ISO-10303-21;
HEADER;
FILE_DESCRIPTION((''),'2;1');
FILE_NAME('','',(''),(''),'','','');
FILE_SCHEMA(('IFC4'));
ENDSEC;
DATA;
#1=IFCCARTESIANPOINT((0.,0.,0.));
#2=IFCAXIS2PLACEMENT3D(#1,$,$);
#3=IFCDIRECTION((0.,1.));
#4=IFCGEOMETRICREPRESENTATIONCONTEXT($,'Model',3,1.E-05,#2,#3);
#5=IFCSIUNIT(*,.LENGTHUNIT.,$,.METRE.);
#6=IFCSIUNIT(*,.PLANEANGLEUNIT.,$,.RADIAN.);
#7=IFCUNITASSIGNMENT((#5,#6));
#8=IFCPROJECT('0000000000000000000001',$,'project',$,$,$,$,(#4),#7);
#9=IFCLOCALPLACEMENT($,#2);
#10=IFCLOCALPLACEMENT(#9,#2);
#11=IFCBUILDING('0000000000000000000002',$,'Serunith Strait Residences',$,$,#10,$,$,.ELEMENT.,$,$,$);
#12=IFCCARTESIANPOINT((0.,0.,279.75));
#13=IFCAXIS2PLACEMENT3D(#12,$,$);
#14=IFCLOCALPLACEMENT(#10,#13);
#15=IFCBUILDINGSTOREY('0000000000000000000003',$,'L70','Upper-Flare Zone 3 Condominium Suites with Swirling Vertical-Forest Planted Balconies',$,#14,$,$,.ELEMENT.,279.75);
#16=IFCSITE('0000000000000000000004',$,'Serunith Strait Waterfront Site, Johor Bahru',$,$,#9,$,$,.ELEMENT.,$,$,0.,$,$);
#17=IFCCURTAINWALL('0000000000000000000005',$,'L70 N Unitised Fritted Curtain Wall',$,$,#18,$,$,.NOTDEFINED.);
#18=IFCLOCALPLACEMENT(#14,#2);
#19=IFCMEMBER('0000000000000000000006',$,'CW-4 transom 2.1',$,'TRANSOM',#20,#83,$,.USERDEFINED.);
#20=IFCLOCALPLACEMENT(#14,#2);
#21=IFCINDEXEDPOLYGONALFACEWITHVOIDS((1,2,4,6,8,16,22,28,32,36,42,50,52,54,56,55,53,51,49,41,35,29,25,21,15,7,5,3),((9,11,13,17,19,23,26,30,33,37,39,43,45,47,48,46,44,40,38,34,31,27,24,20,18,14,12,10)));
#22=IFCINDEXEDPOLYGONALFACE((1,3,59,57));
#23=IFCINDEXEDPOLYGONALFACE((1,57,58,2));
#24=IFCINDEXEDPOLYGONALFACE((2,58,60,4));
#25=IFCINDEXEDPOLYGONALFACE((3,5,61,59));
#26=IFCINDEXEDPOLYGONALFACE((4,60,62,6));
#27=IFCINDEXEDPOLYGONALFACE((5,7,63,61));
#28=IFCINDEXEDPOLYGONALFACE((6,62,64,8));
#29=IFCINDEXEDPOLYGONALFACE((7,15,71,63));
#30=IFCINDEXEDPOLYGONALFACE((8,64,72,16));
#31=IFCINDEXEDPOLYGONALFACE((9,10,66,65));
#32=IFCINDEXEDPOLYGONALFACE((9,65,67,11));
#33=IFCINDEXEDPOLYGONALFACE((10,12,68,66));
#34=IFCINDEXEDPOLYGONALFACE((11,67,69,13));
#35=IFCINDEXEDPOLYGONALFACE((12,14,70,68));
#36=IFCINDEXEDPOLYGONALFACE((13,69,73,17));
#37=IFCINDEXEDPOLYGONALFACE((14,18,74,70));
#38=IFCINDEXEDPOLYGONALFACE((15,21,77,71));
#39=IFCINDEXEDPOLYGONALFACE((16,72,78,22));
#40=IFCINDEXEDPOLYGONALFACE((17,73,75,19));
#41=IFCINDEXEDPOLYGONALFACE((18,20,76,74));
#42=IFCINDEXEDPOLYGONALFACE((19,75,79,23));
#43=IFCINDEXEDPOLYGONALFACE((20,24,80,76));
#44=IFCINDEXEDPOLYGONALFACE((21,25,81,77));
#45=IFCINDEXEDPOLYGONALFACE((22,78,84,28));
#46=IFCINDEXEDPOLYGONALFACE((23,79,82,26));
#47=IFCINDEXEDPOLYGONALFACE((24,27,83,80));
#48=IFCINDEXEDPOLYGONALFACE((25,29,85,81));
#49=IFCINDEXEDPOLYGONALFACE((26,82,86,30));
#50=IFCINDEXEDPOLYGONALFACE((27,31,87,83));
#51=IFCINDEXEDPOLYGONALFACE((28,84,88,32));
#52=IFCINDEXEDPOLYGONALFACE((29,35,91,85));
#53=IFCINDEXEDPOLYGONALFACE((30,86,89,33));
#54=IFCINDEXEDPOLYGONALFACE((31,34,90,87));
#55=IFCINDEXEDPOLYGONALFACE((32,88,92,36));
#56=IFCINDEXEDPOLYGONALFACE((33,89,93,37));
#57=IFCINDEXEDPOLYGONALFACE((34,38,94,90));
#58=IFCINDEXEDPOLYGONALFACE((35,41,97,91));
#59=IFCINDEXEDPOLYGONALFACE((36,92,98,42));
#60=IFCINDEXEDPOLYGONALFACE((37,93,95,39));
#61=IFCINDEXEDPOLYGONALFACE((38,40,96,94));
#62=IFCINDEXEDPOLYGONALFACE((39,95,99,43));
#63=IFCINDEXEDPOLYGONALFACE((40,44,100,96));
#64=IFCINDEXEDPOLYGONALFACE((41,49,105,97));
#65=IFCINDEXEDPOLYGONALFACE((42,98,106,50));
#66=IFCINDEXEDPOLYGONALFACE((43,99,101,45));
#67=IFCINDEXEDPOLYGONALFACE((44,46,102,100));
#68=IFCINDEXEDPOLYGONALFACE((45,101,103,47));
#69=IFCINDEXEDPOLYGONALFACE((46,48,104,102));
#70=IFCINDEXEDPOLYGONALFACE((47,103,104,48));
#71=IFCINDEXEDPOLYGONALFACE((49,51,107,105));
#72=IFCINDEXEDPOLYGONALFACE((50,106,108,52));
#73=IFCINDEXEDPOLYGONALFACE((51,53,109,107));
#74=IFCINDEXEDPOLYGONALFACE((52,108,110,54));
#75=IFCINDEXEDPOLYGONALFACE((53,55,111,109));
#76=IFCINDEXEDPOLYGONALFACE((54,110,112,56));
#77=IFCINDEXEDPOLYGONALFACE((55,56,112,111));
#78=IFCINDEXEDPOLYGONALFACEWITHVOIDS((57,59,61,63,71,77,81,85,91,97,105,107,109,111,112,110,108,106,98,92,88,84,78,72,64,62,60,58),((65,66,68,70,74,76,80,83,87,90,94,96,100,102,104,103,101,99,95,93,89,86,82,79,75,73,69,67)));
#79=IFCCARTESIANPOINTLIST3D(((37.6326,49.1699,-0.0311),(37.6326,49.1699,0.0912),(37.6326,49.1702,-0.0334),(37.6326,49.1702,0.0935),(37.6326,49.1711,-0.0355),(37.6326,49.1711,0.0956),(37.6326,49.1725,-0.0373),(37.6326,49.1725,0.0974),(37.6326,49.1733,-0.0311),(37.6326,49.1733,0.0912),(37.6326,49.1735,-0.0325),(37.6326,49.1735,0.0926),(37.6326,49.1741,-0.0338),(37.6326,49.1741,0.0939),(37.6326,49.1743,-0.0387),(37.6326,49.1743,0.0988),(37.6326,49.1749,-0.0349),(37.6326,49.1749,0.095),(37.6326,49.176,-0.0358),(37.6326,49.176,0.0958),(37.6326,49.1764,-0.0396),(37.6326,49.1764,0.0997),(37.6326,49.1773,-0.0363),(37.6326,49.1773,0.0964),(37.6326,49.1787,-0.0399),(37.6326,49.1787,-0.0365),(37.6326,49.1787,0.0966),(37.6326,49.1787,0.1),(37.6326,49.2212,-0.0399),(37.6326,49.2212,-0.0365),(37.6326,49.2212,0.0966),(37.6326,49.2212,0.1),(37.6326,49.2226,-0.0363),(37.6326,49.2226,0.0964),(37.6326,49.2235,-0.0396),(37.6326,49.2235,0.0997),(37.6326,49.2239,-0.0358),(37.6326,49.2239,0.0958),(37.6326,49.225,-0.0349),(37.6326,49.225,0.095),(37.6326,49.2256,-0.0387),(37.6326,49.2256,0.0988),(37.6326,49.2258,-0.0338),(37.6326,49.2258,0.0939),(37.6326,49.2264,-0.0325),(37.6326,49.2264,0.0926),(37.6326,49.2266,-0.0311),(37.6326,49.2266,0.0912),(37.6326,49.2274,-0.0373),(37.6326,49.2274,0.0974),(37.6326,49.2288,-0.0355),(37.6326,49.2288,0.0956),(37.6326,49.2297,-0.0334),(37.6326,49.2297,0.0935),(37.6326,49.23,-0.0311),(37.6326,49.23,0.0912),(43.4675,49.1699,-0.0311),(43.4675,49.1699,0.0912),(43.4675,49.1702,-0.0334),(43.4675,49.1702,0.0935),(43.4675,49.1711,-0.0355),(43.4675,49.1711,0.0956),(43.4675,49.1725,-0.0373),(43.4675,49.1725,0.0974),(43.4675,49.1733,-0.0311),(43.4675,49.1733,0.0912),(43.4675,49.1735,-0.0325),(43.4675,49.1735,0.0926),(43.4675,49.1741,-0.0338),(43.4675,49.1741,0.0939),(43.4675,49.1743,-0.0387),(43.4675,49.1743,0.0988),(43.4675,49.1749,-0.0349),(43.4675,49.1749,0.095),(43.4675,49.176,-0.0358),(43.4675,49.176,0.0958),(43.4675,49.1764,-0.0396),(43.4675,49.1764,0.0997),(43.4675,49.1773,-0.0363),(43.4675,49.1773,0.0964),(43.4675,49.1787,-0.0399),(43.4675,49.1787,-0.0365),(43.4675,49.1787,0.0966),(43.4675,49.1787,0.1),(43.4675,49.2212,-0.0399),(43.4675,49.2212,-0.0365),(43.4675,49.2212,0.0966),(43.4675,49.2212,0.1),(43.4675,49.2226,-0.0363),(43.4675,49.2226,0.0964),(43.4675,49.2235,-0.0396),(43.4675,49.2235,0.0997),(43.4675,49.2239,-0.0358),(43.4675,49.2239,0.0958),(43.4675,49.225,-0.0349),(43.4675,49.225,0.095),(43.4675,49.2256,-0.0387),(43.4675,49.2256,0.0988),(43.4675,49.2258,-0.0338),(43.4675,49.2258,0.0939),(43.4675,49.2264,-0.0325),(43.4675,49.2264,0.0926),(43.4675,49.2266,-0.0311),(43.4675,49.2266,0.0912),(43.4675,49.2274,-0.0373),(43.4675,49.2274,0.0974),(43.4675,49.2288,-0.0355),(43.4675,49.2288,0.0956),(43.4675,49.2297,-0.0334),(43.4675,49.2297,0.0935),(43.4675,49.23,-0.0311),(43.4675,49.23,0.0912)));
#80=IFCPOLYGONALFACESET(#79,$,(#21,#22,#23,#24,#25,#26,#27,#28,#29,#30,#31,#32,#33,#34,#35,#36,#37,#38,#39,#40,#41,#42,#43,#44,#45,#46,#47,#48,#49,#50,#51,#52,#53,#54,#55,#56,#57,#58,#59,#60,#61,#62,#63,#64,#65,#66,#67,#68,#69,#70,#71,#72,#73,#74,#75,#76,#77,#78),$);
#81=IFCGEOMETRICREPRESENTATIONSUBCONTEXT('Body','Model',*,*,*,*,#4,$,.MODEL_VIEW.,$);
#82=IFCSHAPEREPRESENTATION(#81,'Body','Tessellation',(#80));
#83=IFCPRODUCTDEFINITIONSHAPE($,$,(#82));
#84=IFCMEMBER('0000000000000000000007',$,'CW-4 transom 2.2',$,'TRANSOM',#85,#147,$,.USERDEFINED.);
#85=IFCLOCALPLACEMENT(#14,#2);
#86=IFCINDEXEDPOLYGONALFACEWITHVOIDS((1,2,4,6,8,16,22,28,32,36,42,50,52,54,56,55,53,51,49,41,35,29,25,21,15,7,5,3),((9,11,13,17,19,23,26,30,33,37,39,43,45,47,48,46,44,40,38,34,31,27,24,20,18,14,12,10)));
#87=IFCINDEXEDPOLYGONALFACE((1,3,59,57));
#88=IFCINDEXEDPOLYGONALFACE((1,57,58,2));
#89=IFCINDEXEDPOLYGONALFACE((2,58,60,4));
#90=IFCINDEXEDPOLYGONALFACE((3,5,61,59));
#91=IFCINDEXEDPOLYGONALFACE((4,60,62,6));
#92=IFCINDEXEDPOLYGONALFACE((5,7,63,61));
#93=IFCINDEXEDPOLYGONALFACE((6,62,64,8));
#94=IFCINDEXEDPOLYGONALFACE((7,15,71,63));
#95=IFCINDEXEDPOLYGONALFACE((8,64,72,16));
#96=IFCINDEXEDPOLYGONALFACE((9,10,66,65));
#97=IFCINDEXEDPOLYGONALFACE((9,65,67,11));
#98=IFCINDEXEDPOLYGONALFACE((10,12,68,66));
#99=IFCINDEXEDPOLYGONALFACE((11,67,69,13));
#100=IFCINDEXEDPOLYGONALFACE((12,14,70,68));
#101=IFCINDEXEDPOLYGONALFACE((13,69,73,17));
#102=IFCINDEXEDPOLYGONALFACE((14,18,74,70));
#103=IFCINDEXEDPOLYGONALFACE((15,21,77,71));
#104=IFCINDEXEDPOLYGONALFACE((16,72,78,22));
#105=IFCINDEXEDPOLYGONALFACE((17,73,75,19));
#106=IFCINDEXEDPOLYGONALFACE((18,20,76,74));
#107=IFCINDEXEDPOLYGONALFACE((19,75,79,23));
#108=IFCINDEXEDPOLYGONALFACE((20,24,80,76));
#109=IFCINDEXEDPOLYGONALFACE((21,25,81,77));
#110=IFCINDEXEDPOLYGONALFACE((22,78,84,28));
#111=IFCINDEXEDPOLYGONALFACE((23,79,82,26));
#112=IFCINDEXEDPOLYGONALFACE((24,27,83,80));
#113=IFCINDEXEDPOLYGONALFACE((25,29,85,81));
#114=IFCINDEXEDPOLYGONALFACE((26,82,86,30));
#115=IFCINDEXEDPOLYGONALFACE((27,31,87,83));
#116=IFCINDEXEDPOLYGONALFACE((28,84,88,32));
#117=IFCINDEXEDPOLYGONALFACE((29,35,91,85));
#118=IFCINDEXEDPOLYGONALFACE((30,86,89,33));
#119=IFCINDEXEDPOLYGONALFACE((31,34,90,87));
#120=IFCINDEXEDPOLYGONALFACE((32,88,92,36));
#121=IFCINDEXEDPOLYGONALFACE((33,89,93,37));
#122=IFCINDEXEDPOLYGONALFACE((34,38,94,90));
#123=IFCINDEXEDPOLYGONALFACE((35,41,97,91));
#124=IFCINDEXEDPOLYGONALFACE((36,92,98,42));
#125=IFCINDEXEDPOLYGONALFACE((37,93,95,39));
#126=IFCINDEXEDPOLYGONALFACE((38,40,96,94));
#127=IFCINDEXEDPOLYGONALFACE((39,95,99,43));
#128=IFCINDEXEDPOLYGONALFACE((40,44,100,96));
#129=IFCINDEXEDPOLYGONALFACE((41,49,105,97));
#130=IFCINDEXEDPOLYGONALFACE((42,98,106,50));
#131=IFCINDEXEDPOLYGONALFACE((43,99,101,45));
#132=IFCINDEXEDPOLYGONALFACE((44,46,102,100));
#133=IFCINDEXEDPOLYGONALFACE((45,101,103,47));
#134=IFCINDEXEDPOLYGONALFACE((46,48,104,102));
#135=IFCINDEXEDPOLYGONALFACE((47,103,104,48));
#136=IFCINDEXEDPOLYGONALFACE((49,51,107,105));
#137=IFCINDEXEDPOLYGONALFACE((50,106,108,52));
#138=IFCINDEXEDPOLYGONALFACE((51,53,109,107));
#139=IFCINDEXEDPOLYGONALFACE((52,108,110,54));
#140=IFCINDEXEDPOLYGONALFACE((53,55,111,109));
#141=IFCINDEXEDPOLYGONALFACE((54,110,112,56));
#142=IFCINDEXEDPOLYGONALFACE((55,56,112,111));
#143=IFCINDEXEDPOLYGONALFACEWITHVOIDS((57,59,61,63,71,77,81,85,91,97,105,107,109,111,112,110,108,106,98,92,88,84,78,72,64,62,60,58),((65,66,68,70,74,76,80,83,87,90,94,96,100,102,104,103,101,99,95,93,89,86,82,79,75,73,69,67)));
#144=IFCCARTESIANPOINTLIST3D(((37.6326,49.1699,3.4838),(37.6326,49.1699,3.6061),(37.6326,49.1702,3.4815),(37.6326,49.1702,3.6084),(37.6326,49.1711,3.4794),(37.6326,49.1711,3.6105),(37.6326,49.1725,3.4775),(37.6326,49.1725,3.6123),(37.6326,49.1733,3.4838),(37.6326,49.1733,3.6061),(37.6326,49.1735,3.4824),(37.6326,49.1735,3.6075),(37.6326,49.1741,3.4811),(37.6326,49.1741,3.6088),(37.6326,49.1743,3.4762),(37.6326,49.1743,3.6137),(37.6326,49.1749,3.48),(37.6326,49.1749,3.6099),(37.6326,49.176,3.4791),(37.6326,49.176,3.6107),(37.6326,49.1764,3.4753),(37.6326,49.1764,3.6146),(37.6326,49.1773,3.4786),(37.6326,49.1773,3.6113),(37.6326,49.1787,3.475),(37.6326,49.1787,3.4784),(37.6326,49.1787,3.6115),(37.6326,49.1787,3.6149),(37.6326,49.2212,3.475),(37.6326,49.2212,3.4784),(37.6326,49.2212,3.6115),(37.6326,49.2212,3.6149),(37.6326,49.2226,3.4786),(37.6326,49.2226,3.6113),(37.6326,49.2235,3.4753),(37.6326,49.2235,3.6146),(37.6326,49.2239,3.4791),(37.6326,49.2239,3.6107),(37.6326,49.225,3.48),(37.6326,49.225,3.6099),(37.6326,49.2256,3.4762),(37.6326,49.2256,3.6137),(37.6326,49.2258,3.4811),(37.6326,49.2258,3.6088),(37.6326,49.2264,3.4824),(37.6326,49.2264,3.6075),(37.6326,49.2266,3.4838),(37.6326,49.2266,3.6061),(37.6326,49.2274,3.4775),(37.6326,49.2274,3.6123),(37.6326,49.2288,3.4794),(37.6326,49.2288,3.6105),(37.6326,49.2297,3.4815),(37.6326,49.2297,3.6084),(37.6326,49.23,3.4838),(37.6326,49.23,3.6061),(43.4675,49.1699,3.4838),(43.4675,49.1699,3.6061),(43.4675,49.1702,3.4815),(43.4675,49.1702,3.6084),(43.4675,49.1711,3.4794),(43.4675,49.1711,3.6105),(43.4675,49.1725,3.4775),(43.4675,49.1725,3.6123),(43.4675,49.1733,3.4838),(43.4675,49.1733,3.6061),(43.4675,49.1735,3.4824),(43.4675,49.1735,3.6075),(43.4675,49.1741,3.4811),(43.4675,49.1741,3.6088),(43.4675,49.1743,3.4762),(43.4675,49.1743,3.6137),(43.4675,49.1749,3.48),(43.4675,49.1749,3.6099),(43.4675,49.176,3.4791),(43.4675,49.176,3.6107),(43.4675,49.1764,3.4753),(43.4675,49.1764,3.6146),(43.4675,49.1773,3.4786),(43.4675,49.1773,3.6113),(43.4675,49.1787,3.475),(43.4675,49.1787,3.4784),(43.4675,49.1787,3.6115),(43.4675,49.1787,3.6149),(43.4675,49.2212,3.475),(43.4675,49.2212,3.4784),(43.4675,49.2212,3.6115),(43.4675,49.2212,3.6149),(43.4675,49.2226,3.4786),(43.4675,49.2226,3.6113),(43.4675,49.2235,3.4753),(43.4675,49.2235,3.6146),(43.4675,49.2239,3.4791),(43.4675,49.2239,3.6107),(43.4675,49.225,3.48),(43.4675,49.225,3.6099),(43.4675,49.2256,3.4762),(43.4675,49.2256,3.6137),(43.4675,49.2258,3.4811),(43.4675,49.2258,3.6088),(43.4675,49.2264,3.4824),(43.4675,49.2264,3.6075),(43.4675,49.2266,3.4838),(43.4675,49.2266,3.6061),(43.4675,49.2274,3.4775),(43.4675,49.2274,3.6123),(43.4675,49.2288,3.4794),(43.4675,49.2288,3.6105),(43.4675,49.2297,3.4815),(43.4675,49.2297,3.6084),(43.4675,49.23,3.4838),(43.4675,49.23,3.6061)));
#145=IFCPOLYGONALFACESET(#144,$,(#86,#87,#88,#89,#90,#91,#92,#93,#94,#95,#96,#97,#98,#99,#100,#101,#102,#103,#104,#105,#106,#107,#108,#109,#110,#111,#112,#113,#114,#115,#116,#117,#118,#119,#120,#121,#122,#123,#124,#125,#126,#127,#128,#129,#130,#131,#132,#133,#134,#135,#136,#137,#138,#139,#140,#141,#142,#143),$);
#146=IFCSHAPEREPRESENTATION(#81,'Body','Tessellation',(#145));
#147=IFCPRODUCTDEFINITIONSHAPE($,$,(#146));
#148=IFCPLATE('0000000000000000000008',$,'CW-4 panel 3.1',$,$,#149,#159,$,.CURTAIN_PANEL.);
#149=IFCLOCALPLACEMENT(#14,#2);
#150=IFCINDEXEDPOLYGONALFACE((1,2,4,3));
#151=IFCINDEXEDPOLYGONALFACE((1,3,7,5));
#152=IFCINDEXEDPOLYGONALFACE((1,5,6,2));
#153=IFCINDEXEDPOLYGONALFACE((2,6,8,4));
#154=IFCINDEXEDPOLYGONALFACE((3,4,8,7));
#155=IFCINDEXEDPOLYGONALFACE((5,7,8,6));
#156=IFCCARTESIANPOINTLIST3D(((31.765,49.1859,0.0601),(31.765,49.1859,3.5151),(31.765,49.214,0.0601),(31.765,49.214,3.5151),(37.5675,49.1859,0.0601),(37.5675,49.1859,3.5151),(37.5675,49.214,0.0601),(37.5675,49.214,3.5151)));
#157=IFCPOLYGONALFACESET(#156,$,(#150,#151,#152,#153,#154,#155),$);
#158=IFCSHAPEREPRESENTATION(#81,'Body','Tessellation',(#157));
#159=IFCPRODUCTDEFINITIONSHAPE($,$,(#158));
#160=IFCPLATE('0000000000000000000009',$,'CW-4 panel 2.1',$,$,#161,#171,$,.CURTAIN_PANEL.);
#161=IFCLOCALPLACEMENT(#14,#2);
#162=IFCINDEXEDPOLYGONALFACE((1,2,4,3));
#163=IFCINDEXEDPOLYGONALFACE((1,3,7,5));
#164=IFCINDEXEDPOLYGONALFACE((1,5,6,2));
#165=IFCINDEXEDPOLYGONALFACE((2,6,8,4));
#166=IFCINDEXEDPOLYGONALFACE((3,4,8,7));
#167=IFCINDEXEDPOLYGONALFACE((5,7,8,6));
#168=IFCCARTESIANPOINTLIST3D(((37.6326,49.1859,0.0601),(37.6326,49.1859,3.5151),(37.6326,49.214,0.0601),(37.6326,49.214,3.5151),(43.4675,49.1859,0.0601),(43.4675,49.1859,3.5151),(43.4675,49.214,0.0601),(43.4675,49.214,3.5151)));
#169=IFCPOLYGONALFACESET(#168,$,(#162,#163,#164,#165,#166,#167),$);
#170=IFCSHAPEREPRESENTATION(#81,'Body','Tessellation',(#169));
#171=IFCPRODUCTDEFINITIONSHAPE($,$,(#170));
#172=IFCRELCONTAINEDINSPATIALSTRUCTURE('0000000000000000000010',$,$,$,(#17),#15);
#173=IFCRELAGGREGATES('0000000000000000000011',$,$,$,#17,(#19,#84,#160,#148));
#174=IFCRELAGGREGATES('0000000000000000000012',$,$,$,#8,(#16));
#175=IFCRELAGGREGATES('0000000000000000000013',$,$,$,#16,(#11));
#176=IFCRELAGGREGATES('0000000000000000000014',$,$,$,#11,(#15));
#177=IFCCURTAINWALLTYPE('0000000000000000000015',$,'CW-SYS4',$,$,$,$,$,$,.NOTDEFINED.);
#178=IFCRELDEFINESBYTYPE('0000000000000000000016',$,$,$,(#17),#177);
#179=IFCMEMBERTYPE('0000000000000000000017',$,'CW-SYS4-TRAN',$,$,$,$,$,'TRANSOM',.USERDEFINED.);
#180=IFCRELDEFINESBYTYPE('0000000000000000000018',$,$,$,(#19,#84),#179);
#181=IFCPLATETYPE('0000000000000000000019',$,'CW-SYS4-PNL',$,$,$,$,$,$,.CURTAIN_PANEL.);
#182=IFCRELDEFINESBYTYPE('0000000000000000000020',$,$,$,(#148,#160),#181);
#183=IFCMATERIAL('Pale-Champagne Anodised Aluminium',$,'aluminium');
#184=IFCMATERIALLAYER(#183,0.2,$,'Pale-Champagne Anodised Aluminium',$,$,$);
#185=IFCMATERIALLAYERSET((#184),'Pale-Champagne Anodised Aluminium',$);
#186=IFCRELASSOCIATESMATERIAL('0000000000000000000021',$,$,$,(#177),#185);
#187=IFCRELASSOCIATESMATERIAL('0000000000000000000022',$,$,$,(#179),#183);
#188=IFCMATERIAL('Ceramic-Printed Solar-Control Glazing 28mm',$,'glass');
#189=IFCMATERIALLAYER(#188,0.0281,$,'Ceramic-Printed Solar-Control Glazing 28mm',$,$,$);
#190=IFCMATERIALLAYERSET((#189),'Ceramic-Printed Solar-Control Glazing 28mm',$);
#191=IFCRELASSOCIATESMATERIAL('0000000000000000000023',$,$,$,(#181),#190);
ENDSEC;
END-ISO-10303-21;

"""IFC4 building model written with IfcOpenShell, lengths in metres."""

from ifc_helpers import new_model, si_unit, direction, frame, origin, origin_2d, place, context, subcontext, project, spatial, rectangle, hollow_rectangle, extrude, source, transform, mapped, material, layer, layer_set, material_profile, profile_set, type_object, element, aggregate, save


model = new_model("IFC4")

# Units and contexts
model_context = context("Model", 3, precision=1e-05, world=origin(), true_north=direction((0.0, 1.0)))
body_context = subcontext(model_context, "Body", "Model", "MODEL_VIEW")
ifc_project = project(units=[si_unit("LENGTHUNIT", "METRE"), si_unit("PLANEANGLEUNIT", "RADIAN")], contexts=[model_context])

# Site, building, storey
site_placement = place(None, origin())
site = spatial("IfcSite", under=ifc_project, at=site_placement, Name="Serunith Strait Waterfront Site, Johor Bahru", CompositionType="ELEMENT", RefElevation=0.0)
building_placement = place(site_placement, origin())
building = spatial("IfcBuilding", under=site, at=building_placement, Name="Serunith Strait Residences", CompositionType="ELEMENT")
storey_placement = place(building_placement, frame((0.0, 0.0, 279.75)))
storey = spatial("IfcBuildingStorey", under=building, at=storey_placement, Name="L70", Description="Upper-Flare Zone 3 Condominium Suites with Swirling Vertical-Forest Planted Balconies", CompositionType="ELEMENT", Elevation=279.75)

# Curtain wall, members, plates
ifc_material_1 = material(Name="Pale-Champagne Anodised Aluminium", Category="aluminium")
ifc_layer_1 = layer(ifc_material_1, 0.2, Name="Pale-Champagne Anodised Aluminium")
ifc_layer_set_1 = layer_set([ifc_layer_1], Name="Pale-Champagne Anodised Aluminium")
curtain_wall_type = type_object("IfcCurtainWallType", Name="CW-SYS4", PredefinedType="NOTDEFINED", material=ifc_layer_set_1)
curtain_wall_placement = place(storey_placement, origin())
curtain_wall = element("IfcCurtainWall", 1, at=curtain_wall_placement, inside=storey, type_object=curtain_wall_type, Name="L70 N Unitised Fritted Curtain Wall", PredefinedType="NOTDEFINED")
ifc_material_profile_1 = material_profile(ifc_material_1, hollow_rectangle(XDim=0.0601, YDim=0.1399, WallThickness=0.0034, InnerFilletRadius=0.0054, OuterFilletRadius=0.0088, at=origin_2d()), Name="ALU 140x60x3.5")
ifc_profile_set_1 = profile_set([ifc_material_profile_1], Name="Pale-Champagne Anodised Aluminium")
member_type_1 = type_object("IfcMemberType", Name="CW-SYS4-TRAN", ElementType="TRANSOM", PredefinedType="USERDEFINED", material=ifc_profile_set_1)
shared_shape_1 = source(origin(), body_context, "Body", "SweptSolid", [
    extrude(hollow_rectangle(XDim=0.0601, YDim=0.1399, WallThickness=0.0034, InnerFilletRadius=0.0054, OuterFilletRadius=0.0088, at=origin_2d()), origin(), (0.0, 0.0, 1.0), 5.835),
])
member_1_placement = place(storey_placement, frame((43.4675, 49.2, 0.03), z_axis=(-1.0, 0.0, 0.0), x_axis=(0.0, -1.0, 0.0)))
member_1 = element("IfcMember", 2, at=member_1_placement, type_object=member_type_1, Name="CW-4 transom 2.1", ObjectType="TRANSOM", PredefinedType="USERDEFINED", context=body_context, shape_type="MappedRepresentation", body=[
    mapped(shared_shape_1, transform((0.0, 0.0, 0.0), scale=1.0)),
])
member_2_placement = place(storey_placement, frame((43.4675, 49.2, 3.5449), z_axis=(-1.0, 0.0, 0.0), x_axis=(0.0, -1.0, 0.0)))
member_2 = element("IfcMember", 3, at=member_2_placement, type_object=member_type_1, Name="CW-4 transom 2.2", ObjectType="TRANSOM", PredefinedType="USERDEFINED", context=body_context, shape_type="MappedRepresentation", body=[
    mapped(shared_shape_1, transform((0.0, 0.0, 0.0), scale=1.0)),
])
ifc_material_2 = material(Name="Ceramic-Printed Solar-Control Glazing 28mm", Category="glass")
ifc_layer_2 = layer(ifc_material_2, 0.0281, Name="Ceramic-Printed Solar-Control Glazing 28mm")
ifc_layer_set_2 = layer_set([ifc_layer_2], Name="Ceramic-Printed Solar-Control Glazing 28mm")
plate_type = type_object("IfcPlateType", Name="CW-SYS4-PNL", PredefinedType="CURTAIN_PANEL", material=ifc_layer_set_2)
shared_shape_2 = source(origin(), body_context, "Body", "SweptSolid", [
    extrude(rectangle(XDim=5.8025, YDim=0.0281, at=origin_2d()), origin(), (0.0, 0.0, 1.0), 3.4551),
])
plate_1_placement = place(storey_placement, frame((34.6663, 49.2, 0.0601), z_axis=(0.0, 0.0, 1.0), x_axis=(-1.0, 0.0, 0.0)))
plate_1 = element("IfcPlate", 4, at=plate_1_placement, type_object=plate_type, Name="CW-4 panel 3.1", PredefinedType="CURTAIN_PANEL", context=body_context, shape_type="MappedRepresentation", body=[
    mapped(shared_shape_2, transform((0.0, 0.0, 0.0), scale=1.0)),
])
shared_shape_3 = source(origin(), body_context, "Body", "SweptSolid", [
    extrude(rectangle(XDim=5.835, YDim=0.0281, at=origin_2d()), origin(), (0.0, 0.0, 1.0), 3.4551),
])
plate_2_placement = place(storey_placement, frame((40.55, 49.2, 0.0601), z_axis=(0.0, 0.0, 1.0), x_axis=(-1.0, 0.0, 0.0)))
plate_2 = element("IfcPlate", 5, at=plate_2_placement, type_object=plate_type, Name="CW-4 panel 2.1", PredefinedType="CURTAIN_PANEL", context=body_context, shape_type="MappedRepresentation", body=[
    mapped(shared_shape_3, transform((0.0, 0.0, 0.0), scale=1.0)),
])
aggregate(curtain_wall, [member_1, member_2, plate_2, plate_1])

save(model, "model.ifc")
